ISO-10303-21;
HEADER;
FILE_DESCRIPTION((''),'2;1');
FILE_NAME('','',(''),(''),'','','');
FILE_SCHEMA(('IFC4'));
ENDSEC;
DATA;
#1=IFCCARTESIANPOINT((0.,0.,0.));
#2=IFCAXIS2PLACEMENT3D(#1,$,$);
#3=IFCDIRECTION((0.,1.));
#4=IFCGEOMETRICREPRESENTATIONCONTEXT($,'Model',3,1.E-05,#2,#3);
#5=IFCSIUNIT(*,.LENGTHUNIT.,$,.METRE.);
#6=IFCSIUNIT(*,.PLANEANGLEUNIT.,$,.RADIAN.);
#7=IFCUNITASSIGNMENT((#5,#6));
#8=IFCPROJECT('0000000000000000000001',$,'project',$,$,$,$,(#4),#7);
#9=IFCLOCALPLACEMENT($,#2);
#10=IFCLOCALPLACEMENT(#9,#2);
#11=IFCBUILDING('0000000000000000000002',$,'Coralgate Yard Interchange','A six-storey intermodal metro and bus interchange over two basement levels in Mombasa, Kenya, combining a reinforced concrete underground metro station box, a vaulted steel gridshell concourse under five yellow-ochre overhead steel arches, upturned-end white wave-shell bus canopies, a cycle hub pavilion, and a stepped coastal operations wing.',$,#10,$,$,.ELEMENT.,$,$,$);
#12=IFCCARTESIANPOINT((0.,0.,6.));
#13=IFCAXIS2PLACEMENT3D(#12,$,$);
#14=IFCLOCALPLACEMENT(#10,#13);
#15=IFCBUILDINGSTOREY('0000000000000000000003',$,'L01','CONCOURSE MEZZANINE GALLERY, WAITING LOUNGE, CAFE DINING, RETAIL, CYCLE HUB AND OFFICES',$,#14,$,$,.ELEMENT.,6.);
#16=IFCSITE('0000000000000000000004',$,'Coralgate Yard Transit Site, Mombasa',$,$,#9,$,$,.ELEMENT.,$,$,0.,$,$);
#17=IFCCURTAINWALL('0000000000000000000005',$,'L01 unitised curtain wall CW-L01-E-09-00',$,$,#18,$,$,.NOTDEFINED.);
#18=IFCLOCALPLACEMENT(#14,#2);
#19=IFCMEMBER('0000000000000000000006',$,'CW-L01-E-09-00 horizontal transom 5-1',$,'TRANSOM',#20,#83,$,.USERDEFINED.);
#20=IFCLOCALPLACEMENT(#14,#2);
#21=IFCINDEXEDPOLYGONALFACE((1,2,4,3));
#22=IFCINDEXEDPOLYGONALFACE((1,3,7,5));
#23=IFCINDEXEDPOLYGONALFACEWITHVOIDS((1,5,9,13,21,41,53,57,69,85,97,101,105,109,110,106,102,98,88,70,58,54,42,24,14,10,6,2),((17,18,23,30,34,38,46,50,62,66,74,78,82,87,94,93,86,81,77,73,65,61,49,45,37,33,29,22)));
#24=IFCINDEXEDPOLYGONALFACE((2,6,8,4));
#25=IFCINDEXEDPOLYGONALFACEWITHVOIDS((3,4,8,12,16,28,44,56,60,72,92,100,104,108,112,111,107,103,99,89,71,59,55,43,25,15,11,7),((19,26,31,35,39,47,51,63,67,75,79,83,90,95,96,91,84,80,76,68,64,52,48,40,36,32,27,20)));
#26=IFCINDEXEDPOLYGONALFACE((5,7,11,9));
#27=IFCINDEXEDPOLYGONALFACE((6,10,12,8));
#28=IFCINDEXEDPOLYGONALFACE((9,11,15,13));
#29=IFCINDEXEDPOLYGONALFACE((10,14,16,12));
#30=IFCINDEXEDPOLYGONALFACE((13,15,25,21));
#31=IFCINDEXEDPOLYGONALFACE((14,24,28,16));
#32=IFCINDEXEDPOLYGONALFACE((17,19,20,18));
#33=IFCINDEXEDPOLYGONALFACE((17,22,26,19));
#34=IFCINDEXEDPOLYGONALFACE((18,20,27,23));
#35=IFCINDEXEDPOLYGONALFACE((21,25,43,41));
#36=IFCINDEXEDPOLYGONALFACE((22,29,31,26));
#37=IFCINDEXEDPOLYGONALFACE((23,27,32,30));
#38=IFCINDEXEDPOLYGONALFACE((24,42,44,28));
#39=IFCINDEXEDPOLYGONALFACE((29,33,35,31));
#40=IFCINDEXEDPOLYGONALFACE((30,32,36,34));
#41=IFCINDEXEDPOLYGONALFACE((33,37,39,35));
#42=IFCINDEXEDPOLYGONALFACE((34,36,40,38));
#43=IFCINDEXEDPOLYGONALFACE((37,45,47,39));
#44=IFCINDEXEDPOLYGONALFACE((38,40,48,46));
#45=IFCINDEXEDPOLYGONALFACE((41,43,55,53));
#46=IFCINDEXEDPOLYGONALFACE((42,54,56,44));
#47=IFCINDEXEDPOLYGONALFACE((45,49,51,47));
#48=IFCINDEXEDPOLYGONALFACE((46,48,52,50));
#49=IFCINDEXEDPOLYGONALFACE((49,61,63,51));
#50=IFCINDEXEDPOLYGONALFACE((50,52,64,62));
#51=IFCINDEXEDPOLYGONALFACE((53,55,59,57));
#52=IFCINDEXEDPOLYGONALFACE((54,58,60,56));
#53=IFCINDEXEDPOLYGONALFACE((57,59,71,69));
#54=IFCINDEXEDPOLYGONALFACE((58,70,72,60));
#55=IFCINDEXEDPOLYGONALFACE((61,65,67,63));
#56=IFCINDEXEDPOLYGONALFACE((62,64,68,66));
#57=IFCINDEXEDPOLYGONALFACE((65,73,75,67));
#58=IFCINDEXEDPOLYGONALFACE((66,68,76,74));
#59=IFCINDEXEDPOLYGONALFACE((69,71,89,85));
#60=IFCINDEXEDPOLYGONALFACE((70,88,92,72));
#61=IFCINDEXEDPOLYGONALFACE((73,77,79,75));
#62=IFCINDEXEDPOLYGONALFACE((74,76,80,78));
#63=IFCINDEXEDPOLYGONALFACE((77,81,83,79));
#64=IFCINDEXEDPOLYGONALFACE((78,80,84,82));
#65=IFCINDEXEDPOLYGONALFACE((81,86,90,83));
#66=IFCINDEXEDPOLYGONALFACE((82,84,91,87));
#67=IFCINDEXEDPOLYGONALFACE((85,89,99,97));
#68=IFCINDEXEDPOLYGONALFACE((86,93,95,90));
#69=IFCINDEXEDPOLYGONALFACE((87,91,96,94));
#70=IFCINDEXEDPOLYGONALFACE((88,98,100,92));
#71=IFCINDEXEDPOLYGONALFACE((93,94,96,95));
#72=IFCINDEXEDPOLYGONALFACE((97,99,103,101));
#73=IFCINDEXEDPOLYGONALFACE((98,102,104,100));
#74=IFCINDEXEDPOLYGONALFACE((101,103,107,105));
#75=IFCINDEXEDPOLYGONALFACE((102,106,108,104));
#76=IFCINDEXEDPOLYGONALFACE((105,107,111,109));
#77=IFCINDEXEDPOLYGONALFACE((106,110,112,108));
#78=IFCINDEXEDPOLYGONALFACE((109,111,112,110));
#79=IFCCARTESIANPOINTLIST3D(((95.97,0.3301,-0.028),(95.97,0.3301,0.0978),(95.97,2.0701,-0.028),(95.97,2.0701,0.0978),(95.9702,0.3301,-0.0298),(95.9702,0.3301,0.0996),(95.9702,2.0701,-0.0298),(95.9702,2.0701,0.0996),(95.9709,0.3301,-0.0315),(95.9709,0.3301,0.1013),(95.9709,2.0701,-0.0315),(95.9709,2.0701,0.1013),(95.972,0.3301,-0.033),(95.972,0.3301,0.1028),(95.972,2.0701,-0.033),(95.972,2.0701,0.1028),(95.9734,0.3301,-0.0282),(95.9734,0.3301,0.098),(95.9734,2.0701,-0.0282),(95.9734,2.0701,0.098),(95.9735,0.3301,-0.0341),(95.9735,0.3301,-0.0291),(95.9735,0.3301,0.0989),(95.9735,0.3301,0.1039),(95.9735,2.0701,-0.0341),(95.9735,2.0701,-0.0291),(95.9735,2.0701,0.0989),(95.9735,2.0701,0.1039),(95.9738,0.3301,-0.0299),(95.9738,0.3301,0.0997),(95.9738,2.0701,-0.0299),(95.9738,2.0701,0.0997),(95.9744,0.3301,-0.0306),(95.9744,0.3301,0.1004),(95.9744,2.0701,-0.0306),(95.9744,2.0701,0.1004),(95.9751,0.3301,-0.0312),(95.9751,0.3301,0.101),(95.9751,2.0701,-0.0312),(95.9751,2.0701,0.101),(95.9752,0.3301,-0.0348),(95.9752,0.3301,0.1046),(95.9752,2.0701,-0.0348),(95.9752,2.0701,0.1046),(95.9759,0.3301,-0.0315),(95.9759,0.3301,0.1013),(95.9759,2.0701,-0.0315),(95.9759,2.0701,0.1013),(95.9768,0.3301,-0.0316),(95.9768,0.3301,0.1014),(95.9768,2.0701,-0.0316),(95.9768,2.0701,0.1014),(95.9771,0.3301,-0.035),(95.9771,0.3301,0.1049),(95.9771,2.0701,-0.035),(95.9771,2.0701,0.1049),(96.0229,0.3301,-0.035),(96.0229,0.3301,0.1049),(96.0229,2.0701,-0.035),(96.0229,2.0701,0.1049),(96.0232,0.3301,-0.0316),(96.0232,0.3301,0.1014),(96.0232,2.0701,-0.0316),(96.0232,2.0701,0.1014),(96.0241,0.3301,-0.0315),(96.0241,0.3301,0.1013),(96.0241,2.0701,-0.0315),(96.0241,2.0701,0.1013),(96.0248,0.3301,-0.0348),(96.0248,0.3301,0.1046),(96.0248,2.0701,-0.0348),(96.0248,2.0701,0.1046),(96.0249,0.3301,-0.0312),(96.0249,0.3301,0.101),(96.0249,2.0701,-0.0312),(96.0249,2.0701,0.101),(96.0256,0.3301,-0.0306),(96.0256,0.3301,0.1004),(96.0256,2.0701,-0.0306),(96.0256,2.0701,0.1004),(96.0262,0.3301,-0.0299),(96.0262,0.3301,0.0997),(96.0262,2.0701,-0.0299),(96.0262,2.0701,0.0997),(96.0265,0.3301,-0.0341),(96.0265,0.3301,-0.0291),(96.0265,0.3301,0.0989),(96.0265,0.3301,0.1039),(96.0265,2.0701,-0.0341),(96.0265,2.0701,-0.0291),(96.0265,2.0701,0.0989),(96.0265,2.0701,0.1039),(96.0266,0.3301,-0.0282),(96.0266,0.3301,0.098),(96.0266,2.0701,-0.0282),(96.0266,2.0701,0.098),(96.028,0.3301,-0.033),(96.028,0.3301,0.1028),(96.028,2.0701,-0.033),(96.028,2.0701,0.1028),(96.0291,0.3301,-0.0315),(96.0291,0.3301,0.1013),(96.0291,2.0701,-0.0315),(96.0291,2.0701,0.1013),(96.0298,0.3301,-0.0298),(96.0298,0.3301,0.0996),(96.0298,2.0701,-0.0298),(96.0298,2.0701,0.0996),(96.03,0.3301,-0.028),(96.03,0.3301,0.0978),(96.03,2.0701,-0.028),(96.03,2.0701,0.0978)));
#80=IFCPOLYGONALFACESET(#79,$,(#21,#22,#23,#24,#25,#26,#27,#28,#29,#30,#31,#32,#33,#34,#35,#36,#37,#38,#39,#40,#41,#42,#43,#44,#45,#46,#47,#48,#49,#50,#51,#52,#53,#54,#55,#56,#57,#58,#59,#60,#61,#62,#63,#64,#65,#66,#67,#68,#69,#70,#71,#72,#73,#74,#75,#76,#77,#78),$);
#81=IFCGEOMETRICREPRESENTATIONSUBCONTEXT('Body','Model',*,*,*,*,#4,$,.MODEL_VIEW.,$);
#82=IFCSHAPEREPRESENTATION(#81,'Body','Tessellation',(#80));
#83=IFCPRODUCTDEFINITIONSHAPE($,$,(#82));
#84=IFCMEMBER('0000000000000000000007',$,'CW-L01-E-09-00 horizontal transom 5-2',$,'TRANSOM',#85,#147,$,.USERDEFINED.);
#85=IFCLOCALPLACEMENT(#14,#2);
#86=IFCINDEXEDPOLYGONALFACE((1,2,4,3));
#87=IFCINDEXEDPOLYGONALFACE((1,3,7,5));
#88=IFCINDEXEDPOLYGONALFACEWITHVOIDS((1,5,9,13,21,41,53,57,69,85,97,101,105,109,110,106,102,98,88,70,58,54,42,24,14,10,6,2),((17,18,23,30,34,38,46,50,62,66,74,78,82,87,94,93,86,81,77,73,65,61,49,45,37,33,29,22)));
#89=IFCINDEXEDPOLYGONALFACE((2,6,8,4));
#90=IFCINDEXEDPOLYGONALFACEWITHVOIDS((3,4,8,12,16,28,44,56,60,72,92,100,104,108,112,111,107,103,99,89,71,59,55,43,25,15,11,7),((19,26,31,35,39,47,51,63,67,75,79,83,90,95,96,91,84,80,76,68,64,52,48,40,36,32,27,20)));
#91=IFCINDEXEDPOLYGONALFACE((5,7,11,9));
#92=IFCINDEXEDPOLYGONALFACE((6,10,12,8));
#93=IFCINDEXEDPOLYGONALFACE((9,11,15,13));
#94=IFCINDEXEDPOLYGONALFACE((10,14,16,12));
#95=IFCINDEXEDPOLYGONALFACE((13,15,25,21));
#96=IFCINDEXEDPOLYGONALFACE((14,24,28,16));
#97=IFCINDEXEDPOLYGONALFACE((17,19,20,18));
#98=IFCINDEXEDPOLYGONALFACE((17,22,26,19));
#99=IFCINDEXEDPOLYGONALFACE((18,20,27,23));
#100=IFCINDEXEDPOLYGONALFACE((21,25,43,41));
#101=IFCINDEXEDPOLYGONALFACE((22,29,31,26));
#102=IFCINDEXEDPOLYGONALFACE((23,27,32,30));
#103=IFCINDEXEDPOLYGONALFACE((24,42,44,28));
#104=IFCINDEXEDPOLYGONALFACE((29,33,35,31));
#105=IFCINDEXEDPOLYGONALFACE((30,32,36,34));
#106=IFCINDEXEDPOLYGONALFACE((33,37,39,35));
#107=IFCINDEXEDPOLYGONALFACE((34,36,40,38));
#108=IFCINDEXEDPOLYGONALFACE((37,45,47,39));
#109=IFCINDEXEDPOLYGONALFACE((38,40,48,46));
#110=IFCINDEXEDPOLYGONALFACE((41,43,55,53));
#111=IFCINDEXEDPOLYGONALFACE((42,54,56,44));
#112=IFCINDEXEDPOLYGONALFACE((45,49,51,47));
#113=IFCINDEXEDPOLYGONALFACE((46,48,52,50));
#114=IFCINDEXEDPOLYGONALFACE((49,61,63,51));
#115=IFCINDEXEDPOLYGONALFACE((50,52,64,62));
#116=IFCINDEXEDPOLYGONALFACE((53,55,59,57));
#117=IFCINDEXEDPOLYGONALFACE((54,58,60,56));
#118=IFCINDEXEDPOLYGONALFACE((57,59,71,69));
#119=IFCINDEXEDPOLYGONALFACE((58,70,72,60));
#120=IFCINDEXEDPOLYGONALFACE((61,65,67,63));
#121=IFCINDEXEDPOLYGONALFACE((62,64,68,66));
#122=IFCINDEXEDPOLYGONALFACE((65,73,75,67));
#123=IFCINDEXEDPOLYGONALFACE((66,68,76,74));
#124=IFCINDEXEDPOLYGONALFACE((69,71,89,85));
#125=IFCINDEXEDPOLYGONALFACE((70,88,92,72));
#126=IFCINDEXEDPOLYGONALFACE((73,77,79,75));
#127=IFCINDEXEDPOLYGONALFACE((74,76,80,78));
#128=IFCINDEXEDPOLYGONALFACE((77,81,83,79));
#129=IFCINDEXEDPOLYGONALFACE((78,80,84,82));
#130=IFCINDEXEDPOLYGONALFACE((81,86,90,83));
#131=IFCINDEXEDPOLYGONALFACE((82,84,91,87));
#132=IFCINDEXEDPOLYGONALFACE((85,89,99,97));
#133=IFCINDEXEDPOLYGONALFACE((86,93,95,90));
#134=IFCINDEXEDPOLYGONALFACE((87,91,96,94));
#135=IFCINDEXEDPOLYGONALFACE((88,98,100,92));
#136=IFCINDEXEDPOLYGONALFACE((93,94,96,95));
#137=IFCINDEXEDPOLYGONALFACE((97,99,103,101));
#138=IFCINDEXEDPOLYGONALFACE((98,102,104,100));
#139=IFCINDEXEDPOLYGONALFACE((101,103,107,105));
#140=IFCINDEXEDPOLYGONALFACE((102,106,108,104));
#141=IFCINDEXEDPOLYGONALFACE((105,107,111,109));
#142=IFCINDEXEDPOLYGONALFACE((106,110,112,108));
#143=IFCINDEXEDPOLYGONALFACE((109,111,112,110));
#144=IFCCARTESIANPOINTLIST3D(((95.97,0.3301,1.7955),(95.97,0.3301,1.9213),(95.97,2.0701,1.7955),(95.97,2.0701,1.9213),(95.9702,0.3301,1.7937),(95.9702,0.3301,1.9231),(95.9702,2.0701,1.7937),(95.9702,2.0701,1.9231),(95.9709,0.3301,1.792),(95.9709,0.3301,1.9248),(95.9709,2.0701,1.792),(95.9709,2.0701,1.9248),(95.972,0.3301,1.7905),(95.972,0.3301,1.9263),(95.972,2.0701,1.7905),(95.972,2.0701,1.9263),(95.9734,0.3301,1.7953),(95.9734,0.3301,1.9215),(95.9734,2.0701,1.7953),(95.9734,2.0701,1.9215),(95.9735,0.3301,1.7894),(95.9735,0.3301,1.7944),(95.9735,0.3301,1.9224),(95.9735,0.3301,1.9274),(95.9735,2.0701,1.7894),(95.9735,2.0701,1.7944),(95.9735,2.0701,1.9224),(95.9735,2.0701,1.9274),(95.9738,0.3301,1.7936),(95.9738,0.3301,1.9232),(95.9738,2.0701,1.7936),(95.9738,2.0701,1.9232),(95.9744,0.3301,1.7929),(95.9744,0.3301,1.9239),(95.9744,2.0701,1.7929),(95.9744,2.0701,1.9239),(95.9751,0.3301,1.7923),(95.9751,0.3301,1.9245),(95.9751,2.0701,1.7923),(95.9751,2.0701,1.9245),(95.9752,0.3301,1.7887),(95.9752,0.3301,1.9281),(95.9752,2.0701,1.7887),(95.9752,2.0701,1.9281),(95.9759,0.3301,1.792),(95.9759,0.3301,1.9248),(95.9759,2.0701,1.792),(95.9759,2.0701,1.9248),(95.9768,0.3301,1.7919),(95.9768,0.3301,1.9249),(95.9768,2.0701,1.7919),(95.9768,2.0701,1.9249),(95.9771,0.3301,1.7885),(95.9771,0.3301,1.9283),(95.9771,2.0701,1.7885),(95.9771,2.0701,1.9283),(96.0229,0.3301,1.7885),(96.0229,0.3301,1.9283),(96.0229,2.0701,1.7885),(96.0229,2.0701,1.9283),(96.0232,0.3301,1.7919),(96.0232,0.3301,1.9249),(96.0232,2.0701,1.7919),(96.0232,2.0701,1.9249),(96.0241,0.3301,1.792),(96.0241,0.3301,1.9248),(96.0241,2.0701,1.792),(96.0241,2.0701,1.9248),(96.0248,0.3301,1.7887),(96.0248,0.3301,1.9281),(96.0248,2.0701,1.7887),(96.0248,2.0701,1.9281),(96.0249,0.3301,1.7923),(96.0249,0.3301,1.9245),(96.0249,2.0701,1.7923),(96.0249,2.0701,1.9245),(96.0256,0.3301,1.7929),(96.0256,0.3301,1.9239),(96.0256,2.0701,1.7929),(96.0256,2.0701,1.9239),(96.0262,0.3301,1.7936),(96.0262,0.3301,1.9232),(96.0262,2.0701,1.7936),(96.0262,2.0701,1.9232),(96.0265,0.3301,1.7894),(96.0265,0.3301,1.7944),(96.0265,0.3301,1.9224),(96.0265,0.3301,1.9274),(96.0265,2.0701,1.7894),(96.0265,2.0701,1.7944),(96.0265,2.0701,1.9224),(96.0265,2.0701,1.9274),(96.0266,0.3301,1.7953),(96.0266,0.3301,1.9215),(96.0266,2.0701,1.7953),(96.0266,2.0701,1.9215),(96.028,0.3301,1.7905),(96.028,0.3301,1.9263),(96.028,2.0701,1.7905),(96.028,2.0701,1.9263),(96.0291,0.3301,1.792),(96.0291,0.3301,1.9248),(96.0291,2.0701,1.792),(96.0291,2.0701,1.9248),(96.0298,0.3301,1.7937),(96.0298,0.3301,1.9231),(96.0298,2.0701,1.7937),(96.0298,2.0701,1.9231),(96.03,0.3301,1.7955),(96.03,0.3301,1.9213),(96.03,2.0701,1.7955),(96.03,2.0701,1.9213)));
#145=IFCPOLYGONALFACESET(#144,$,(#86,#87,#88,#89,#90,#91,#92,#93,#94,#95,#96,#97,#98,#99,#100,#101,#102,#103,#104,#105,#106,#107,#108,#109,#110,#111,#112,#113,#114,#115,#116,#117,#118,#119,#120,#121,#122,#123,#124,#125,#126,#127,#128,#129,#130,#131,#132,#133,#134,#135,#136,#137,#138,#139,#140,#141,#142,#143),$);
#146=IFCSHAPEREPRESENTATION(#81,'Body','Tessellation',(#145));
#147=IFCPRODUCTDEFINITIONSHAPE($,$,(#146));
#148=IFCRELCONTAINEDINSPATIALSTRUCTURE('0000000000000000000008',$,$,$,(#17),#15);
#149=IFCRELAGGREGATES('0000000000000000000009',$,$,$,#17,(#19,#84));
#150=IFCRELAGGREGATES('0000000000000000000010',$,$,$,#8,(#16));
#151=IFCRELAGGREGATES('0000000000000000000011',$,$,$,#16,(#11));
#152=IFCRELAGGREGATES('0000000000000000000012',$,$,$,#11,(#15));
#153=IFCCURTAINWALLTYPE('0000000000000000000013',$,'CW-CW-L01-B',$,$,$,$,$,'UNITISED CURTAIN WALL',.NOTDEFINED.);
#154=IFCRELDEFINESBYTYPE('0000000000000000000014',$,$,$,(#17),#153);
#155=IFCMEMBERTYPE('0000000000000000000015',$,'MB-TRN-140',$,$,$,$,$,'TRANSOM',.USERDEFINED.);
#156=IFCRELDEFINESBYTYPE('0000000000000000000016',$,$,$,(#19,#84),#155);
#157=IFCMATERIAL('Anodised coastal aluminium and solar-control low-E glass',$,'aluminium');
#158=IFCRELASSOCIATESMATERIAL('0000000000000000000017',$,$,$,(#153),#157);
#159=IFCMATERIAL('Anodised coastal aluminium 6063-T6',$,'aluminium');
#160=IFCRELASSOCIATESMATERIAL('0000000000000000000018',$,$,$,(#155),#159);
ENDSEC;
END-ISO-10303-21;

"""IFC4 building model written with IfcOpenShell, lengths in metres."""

from ifc_helpers import new_model, si_unit, direction, frame, origin, origin_2d, place, context, subcontext, project, spatial, hollow_rectangle, extrude, material, material_profile, profile_set, type_object, element, aggregate, save


model = new_model("IFC4")

# Units and contexts
model_context = context("Model", 3, precision=1e-05, world=origin(), true_north=direction((0.0, 1.0)))
body_context = subcontext(model_context, "Body", "Model", "MODEL_VIEW")
ifc_project = project(units=[si_unit("LENGTHUNIT", "METRE"), si_unit("PLANEANGLEUNIT", "RADIAN")], contexts=[model_context])

# Site, building, storey
site_placement = place(None, origin())
site = spatial("IfcSite", under=ifc_project, at=site_placement, Name="Coralgate Yard Transit Site, Mombasa", CompositionType="ELEMENT", RefElevation=0.0)
building_placement = place(site_placement, origin())
building = spatial("IfcBuilding", under=site, at=building_placement, Name="Coralgate Yard Interchange", Description="A six-storey intermodal metro and bus interchange over two basement levels in Mombasa, Kenya, combining a reinforced concrete underground metro station box, a vaulted steel gridshell concourse under five yellow-ochre overhead steel arches, upturned-end white wave-shell bus canopies, a cycle hub pavilion, and a stepped coastal operations wing.", CompositionType="ELEMENT")
storey_placement = place(building_placement, frame((0.0, 0.0, 6.0)))
storey = spatial("IfcBuildingStorey", under=building, at=storey_placement, Name="L01", Description="CONCOURSE MEZZANINE GALLERY, WAITING LOUNGE, CAFE DINING, RETAIL, CYCLE HUB AND OFFICES", CompositionType="ELEMENT", Elevation=6.0)

# Curtain wall, members
ifc_material_1 = material(Name="Anodised coastal aluminium and solar-control low-E glass", Category="aluminium")
curtain_wall_type = type_object("IfcCurtainWallType", Name="CW-CW-L01-B", ElementType="UNITISED CURTAIN WALL", PredefinedType="NOTDEFINED", material=ifc_material_1)
curtain_wall_placement = place(storey_placement, origin())
curtain_wall = element("IfcCurtainWall", 1, at=curtain_wall_placement, inside=storey, type_object=curtain_wall_type, Name="L01 unitised curtain wall CW-L01-E-09-00", PredefinedType="NOTDEFINED")
ifc_material_2 = material(Name="Anodised coastal aluminium 6063-T6", Category="aluminium")
ifc_material_profile_1 = material_profile(ifc_material_2, hollow_rectangle(XDim=0.0601, YDim=0.1399, WallThickness=0.0034, InnerFilletRadius=0.0034, OuterFilletRadius=0.0071, at=origin_2d()), Name="ALU 60x140x3.5")
ifc_profile_set_1 = profile_set([ifc_material_profile_1], Name="Anodised coastal aluminium 6063-T6")
member_type_1 = type_object("IfcMemberType", Name="MB-TRN-140", ElementType="TRANSOM", PredefinedType="USERDEFINED", material=ifc_profile_set_1)
member_1_placement = place(storey_placement, frame((96.0, 2.0701, 0.0349), z_axis=(0.0, -1.0, 0.0), x_axis=(1.0, 0.0, 0.0)))
member_1 = element("IfcMember", 2, at=member_1_placement, type_object=member_type_1, Name="CW-L01-E-09-00 horizontal transom 5-1", ObjectType="TRANSOM", PredefinedType="USERDEFINED", context=body_context, shape_type="SweptSolid", body=[
    extrude(hollow_rectangle(XDim=0.0601, YDim=0.1399, WallThickness=0.0034, InnerFilletRadius=0.0034, OuterFilletRadius=0.0071, at=origin_2d()), origin(), (0.0, 0.0, 1.0), 1.74),
])
member_2_placement = place(storey_placement, frame((96.0, 2.0701, 1.8584), z_axis=(0.0, -1.0, 0.0), x_axis=(1.0, 0.0, 0.0)))
member_2 = element("IfcMember", 3, at=member_2_placement, type_object=member_type_1, Name="CW-L01-E-09-00 horizontal transom 5-2", ObjectType="TRANSOM", PredefinedType="USERDEFINED", context=body_context, shape_type="SweptSolid", body=[
    extrude(hollow_rectangle(XDim=0.0601, YDim=0.1399, WallThickness=0.0034, InnerFilletRadius=0.0034, OuterFilletRadius=0.0071, at=origin_2d()), origin(), (0.0, 0.0, 1.0), 1.74),
])
aggregate(curtain_wall, [member_1, member_2])

save(model, "model.ifc")
